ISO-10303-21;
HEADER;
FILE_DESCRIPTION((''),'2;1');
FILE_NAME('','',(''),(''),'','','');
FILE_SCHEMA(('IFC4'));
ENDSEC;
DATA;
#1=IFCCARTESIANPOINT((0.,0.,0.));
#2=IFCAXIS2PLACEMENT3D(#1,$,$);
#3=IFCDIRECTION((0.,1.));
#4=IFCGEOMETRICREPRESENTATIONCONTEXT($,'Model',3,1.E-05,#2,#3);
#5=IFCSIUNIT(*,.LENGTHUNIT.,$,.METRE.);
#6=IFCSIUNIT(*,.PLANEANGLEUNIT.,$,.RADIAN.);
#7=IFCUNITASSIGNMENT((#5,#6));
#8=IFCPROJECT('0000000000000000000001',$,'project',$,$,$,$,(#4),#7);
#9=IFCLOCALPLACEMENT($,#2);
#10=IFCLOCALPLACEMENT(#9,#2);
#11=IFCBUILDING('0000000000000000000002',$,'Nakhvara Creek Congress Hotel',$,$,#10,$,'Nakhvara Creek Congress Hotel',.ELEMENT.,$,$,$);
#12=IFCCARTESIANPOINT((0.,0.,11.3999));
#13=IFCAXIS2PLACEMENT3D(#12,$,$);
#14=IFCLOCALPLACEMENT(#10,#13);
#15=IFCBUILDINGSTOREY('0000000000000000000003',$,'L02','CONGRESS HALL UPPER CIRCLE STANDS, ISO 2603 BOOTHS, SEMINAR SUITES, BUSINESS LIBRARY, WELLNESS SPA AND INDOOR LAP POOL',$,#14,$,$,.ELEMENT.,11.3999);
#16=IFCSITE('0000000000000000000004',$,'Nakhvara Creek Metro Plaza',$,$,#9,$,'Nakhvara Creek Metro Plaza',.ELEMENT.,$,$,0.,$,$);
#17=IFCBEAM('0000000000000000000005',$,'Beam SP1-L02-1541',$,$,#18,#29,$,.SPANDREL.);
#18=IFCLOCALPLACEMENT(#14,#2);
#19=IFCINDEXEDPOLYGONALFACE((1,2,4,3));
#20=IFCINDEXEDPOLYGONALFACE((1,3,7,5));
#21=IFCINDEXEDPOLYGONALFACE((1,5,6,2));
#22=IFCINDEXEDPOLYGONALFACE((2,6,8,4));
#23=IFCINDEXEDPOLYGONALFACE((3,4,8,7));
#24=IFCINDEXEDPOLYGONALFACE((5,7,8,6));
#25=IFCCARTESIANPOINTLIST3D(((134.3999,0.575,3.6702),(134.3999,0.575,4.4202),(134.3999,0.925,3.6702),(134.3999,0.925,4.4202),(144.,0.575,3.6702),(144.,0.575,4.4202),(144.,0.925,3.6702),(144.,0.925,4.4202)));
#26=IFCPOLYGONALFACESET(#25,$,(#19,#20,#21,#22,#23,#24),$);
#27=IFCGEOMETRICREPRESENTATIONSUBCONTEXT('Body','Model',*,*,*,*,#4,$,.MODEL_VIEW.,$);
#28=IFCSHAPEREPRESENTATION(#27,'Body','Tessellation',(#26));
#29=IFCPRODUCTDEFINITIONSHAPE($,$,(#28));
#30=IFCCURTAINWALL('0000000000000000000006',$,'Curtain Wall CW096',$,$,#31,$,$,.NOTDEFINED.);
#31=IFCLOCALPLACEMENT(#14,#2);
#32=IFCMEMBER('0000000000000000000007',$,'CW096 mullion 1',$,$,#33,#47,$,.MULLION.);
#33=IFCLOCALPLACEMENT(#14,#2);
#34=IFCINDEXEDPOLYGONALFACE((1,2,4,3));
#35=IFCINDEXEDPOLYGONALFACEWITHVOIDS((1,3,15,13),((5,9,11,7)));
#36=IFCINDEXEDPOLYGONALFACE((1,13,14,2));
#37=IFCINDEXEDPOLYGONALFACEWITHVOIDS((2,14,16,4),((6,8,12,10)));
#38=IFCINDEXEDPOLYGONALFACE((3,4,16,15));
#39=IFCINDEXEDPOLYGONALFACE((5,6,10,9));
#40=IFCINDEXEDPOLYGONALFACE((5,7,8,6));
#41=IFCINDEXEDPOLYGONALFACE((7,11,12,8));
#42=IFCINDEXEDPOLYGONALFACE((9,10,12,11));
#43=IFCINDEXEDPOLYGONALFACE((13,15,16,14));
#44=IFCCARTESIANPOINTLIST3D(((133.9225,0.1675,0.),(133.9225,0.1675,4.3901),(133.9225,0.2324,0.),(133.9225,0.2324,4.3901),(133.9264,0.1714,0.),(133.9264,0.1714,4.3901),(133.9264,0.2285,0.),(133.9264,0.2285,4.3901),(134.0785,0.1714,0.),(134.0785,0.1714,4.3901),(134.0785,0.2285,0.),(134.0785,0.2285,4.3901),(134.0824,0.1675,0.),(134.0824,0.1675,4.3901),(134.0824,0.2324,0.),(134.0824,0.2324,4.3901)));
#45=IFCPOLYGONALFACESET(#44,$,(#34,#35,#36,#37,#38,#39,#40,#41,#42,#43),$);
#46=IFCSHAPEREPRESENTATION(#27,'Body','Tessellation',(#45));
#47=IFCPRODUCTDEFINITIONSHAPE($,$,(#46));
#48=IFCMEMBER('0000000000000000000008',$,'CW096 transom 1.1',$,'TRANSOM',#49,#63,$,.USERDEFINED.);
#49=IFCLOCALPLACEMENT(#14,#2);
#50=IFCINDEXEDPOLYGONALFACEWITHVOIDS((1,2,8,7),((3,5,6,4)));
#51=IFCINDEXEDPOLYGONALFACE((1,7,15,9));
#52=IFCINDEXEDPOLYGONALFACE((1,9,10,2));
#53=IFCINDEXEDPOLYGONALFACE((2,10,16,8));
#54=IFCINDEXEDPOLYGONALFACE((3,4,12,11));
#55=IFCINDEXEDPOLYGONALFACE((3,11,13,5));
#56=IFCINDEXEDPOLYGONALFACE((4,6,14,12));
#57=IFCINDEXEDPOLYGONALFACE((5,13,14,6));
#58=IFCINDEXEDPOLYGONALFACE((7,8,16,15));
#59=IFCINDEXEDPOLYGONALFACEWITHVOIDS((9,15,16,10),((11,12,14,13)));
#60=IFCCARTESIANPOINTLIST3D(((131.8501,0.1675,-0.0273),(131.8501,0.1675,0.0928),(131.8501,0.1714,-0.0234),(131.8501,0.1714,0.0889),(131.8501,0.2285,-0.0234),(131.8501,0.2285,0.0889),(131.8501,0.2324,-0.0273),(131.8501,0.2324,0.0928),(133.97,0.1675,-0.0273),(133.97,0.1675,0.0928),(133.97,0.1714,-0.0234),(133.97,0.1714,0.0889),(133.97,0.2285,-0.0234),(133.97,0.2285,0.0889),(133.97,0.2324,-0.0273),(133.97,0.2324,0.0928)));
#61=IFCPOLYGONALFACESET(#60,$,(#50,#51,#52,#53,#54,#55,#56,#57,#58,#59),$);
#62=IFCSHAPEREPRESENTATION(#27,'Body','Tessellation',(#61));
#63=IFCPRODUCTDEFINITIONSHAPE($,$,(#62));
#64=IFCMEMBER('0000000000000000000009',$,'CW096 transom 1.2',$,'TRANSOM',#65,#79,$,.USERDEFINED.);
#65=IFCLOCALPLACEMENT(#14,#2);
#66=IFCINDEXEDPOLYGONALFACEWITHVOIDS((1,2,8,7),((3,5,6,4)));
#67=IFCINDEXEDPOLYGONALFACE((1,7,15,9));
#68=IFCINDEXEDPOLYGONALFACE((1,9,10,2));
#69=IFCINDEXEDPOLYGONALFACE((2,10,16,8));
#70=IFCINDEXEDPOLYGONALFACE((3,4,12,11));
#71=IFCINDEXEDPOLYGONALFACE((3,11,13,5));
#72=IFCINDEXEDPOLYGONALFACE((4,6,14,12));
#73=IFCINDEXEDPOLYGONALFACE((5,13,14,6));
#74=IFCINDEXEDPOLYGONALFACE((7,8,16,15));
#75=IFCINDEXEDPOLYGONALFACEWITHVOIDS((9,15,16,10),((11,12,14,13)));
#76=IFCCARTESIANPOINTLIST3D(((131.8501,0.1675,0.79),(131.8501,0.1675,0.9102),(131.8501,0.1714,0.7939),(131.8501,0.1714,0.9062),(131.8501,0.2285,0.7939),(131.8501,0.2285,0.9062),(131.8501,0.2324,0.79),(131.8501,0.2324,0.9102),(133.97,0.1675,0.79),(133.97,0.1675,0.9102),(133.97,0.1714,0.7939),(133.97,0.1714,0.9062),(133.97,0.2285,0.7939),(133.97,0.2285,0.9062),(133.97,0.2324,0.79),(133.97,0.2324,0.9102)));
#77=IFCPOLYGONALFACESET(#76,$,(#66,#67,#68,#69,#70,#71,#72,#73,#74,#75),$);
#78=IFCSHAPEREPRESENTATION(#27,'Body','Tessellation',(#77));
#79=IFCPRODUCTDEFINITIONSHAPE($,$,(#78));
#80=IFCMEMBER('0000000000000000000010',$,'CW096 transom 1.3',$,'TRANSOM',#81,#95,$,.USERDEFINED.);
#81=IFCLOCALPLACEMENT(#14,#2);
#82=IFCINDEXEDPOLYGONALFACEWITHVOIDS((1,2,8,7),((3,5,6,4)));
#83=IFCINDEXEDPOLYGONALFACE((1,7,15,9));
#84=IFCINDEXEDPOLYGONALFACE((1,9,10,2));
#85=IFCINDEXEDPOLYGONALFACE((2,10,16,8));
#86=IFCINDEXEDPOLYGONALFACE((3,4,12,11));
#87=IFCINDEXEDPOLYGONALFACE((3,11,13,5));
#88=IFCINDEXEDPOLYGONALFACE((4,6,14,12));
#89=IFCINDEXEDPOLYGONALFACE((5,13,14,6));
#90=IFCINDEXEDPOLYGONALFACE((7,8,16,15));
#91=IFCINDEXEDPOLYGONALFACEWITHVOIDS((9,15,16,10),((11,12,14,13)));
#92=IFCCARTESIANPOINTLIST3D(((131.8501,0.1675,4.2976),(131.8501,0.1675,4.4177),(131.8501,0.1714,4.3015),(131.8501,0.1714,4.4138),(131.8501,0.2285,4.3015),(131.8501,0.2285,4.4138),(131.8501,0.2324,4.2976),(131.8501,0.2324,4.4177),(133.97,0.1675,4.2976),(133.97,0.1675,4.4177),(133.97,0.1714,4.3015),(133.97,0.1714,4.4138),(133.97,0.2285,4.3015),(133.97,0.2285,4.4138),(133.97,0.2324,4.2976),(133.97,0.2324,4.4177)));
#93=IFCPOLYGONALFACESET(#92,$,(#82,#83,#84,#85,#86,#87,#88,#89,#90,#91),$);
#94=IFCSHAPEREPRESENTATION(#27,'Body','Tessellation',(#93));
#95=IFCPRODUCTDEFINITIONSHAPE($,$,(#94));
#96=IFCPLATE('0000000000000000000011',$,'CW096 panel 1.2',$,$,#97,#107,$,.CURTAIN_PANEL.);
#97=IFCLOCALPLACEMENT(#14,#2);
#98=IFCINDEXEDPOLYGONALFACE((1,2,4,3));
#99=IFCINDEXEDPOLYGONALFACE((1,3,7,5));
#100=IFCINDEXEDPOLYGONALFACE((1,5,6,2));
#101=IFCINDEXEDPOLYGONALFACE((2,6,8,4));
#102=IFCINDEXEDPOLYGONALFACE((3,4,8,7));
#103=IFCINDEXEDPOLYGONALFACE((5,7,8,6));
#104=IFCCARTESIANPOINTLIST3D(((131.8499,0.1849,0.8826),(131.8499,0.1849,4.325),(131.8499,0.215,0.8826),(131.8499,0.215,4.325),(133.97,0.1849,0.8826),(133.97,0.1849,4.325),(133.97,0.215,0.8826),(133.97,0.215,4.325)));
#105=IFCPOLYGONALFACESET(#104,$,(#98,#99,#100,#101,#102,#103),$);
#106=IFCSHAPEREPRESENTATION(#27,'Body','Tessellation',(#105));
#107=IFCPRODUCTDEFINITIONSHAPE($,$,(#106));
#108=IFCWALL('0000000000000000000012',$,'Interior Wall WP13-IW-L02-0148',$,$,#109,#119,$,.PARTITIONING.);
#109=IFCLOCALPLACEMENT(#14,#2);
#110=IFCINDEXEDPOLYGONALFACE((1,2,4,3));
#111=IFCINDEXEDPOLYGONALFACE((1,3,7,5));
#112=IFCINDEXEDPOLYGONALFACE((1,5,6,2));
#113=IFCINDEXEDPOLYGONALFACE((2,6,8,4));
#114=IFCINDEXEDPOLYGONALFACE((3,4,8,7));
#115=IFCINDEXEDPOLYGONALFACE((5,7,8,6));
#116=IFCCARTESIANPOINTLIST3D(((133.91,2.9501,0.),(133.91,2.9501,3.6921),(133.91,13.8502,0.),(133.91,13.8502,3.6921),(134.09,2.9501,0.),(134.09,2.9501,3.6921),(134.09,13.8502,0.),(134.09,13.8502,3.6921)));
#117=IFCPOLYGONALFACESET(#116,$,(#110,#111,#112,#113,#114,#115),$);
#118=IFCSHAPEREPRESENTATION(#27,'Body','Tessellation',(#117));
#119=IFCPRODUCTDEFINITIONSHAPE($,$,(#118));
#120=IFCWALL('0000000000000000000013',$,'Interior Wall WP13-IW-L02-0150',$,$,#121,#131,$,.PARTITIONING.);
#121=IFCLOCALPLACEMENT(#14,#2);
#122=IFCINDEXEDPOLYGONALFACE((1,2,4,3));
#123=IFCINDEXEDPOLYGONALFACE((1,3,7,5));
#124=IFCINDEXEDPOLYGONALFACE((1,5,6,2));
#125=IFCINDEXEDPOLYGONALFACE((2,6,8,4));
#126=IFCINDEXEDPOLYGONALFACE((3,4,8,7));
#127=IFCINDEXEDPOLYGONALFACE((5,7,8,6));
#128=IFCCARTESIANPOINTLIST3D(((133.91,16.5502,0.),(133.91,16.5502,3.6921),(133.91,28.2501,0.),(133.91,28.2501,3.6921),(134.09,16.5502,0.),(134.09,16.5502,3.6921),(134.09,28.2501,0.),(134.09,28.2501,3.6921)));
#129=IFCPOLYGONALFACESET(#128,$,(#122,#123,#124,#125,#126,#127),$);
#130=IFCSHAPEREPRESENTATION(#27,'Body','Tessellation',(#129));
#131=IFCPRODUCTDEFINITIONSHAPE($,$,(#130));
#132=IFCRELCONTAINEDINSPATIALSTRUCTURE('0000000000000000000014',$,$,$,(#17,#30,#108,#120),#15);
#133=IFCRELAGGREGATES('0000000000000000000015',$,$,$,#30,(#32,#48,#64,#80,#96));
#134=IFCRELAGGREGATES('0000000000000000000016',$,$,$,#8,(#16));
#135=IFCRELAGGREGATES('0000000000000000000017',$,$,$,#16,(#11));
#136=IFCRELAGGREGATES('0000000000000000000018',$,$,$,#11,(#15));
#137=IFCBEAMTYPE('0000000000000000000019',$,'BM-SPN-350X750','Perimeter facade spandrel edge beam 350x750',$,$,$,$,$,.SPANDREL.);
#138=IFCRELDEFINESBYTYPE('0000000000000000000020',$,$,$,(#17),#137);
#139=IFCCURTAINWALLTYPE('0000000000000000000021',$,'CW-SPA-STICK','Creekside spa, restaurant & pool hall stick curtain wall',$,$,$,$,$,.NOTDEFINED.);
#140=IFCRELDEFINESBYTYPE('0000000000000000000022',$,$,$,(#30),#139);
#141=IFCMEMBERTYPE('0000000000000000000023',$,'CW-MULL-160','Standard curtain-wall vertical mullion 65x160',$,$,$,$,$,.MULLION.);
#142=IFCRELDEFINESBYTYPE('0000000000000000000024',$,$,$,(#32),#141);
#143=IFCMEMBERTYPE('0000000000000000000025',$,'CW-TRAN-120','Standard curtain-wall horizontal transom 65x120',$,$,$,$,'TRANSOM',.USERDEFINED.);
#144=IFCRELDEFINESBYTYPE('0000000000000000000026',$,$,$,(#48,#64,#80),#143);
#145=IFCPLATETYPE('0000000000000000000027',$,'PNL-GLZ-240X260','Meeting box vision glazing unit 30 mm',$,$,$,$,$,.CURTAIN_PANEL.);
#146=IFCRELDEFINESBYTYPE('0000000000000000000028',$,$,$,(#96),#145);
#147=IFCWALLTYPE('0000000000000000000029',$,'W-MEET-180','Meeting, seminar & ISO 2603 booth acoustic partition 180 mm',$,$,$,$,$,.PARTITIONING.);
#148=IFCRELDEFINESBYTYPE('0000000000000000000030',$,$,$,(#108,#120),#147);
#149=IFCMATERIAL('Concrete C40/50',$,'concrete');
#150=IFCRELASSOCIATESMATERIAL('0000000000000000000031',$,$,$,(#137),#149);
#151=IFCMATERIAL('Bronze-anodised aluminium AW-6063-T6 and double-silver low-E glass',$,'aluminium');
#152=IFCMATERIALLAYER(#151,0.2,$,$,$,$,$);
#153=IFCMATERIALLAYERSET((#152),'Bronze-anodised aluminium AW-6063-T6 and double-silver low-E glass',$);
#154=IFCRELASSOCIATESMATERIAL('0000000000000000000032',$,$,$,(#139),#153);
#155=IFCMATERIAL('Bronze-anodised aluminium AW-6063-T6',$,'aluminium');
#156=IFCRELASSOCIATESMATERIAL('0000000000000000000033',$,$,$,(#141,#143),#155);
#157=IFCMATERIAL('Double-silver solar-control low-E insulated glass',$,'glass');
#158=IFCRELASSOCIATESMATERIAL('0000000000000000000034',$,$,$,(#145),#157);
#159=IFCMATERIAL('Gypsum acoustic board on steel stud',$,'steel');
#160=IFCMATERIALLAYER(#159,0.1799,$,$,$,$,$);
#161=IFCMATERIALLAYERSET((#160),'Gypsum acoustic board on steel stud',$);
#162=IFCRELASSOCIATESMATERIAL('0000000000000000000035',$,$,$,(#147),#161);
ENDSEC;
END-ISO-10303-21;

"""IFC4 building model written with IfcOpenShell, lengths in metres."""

from ifc_helpers import new_model, si_unit, direction, frame, frame_2d, origin, origin_2d, place, context, subcontext, project, spatial, rectangle, hollow_rectangle, extrude, material, layer, layer_set, material_profile, profile_set, type_object, element, aggregate, save


model = new_model("IFC4")

# Units and contexts
model_context = context("Model", 3, precision=1e-05, world=origin(), true_north=direction((0.0, 1.0)))
body_context = subcontext(model_context, "Body", "Model", "MODEL_VIEW")
ifc_project = project(units=[si_unit("LENGTHUNIT", "METRE"), si_unit("PLANEANGLEUNIT", "RADIAN")], contexts=[model_context])

# Site, building, storey
site_placement = place(None, origin())
site = spatial("IfcSite", under=ifc_project, at=site_placement, Name="Nakhvara Creek Metro Plaza", LongName="Nakhvara Creek Metro Plaza", CompositionType="ELEMENT", RefElevation=0.0)
building_placement = place(site_placement, origin())
building = spatial("IfcBuilding", under=site, at=building_placement, Name="Nakhvara Creek Congress Hotel", LongName="Nakhvara Creek Congress Hotel", CompositionType="ELEMENT")
storey_placement = place(building_placement, frame((0.0, 0.0, 11.3999)))
storey = spatial("IfcBuildingStorey", under=building, at=storey_placement, Name="L02", Description="CONGRESS HALL UPPER CIRCLE STANDS, ISO 2603 BOOTHS, SEMINAR SUITES, BUSINESS LIBRARY, WELLNESS SPA AND INDOOR LAP POOL", CompositionType="ELEMENT", Elevation=11.3999)

# Beam
ifc_material_1 = material(Name="Concrete C40/50", Category="concrete")
ifc_material_profile_1 = material_profile(ifc_material_1, rectangle(XDim=0.3501, YDim=0.75, at=origin_2d()), Name="RC-SPANDREL 350x750", Category="LoadBearing")
ifc_profile_set_1 = profile_set([ifc_material_profile_1], Name="Concrete C40/50")
beam_type_1 = type_object("IfcBeamType", Name="BM-SPN-350X750", Description="Perimeter facade spandrel edge beam 350x750", PredefinedType="SPANDREL", material=ifc_profile_set_1)
beam_1_placement = place(storey_placement, frame((134.3999, 0.75, 4.0452), z_axis=(1.0, 0.0, 0.0), x_axis=(0.0, 1.0, 0.0)))
element("IfcBeam", 1, at=beam_1_placement, inside=storey, type_object=beam_type_1, Name="Beam SP1-L02-1541", PredefinedType="SPANDREL", context=body_context, shape_type="SweptSolid", body=[
    extrude(rectangle(XDim=0.3501, YDim=0.75, at=origin_2d()), origin(), (0.0, 0.0, 1.0), 9.6001),
])

# Curtain wall, members, plate
ifc_material_2 = material(Name="Bronze-anodised aluminium AW-6063-T6 and double-silver low-E glass", Category="aluminium")
ifc_layer_1 = layer(ifc_material_2, 0.2)
ifc_layer_set_1 = layer_set([ifc_layer_1], Name="Bronze-anodised aluminium AW-6063-T6 and double-silver low-E glass")
curtain_wall_type = type_object("IfcCurtainWallType", Name="CW-SPA-STICK", Description="Creekside spa, restaurant & pool hall stick curtain wall", PredefinedType="NOTDEFINED", material=ifc_layer_set_1)
curtain_wall_placement = place(storey_placement, origin())
curtain_wall = element("IfcCurtainWall", 2, at=curtain_wall_placement, inside=storey, type_object=curtain_wall_type, Name="Curtain Wall CW096", PredefinedType="NOTDEFINED")
ifc_material_3 = material(Name="Bronze-anodised aluminium AW-6063-T6", Category="aluminium")
ifc_material_profile_2 = material_profile(ifc_material_3, hollow_rectangle(XDim=0.0649, YDim=0.1599, WallThickness=0.0039, at=origin_2d()), Name="ALU-MULL 65x160x4", Category="LoadBearing")
ifc_profile_set_2 = profile_set([ifc_material_profile_2], Name="Bronze-anodised aluminium AW-6063-T6")
member_type_1 = type_object("IfcMemberType", Name="CW-MULL-160", Description="Standard curtain-wall vertical mullion 65x160", PredefinedType="MULLION", material=ifc_profile_set_2)
member_1_placement = place(storey_placement, frame((134.0024, 0.2, 0.0), z_axis=(0.0, 0.0, 1.0), x_axis=(0.0, -1.0, 0.0)))
member_1 = element("IfcMember", 3, at=member_1_placement, type_object=member_type_1, Name="CW096 mullion 1", PredefinedType="MULLION", context=body_context, shape_type="SweptSolid", body=[
    extrude(hollow_rectangle(XDim=0.0649, YDim=0.1599, WallThickness=0.0039, at=origin_2d()), origin(), (0.0, 0.0, 1.0), 4.3901),
])
ifc_material_profile_3 = material_profile(ifc_material_3, hollow_rectangle(XDim=0.0649, YDim=0.1201, WallThickness=0.0039, at=origin_2d()), Name="ALU-TRAN 65x120x4", Category="LoadBearing")
ifc_profile_set_3 = profile_set([ifc_material_profile_3], Name="Bronze-anodised aluminium AW-6063-T6")
member_type_2 = type_object("IfcMemberType", Name="CW-TRAN-120", Description="Standard curtain-wall horizontal transom 65x120", ElementType="TRANSOM", PredefinedType="USERDEFINED", material=ifc_profile_set_3)
member_2_placement = place(storey_placement, frame((133.97, 0.2, 0.0327), z_axis=(-1.0, 0.0, 0.0), x_axis=(0.0, -1.0, 0.0)))
member_2 = element("IfcMember", 4, at=member_2_placement, type_object=member_type_2, Name="CW096 transom 1.1", ObjectType="TRANSOM", PredefinedType="USERDEFINED", context=body_context, shape_type="SweptSolid", body=[
    extrude(hollow_rectangle(XDim=0.0649, YDim=0.1201, WallThickness=0.0039, at=origin_2d()), origin(), (0.0, 0.0, 1.0), 2.1199),
])
member_3_placement = place(storey_placement, frame((133.97, 0.2, 0.8501), z_axis=(-1.0, 0.0, 0.0), x_axis=(0.0, -1.0, 0.0)))
member_3 = element("IfcMember", 5, at=member_3_placement, type_object=member_type_2, Name="CW096 transom 1.2", ObjectType="TRANSOM", PredefinedType="USERDEFINED", context=body_context, shape_type="SweptSolid", body=[
    extrude(hollow_rectangle(XDim=0.0649, YDim=0.1201, WallThickness=0.0039, at=origin_2d()), origin(), (0.0, 0.0, 1.0), 2.1199),
])
member_4_placement = place(storey_placement, frame((133.97, 0.2, 4.3577), z_axis=(-1.0, 0.0, 0.0), x_axis=(0.0, -1.0, 0.0)))
member_4 = element("IfcMember", 6, at=member_4_placement, type_object=member_type_2, Name="CW096 transom 1.3", ObjectType="TRANSOM", PredefinedType="USERDEFINED", context=body_context, shape_type="SweptSolid", body=[
    extrude(hollow_rectangle(XDim=0.0649, YDim=0.1201, WallThickness=0.0039, at=origin_2d()), origin(), (0.0, 0.0, 1.0), 2.1199),
])
ifc_material_4 = material(Name="Double-silver solar-control low-E insulated glass", Category="glass")
plate_type = type_object("IfcPlateType", Name="PNL-GLZ-240X260", Description="Meeting box vision glazing unit 30 mm", PredefinedType="CURTAIN_PANEL", material=ifc_material_4)
plate_placement = place(storey_placement, frame((132.9099, 0.2, 0.8826), z_axis=(0.0, 0.0, 1.0), x_axis=(-1.0, 0.0, 0.0)))
plate = element("IfcPlate", 7, at=plate_placement, type_object=plate_type, Name="CW096 panel 1.2", PredefinedType="CURTAIN_PANEL", context=body_context, shape_type="SweptSolid", body=[
    extrude(rectangle(XDim=2.1201, YDim=0.03, at=origin_2d()), origin(), (0.0, 0.0, 1.0), 3.4424),
])
aggregate(curtain_wall, [member_1, member_2, member_3, member_4, plate])

# Walls
ifc_material_5 = material(Name="Gypsum acoustic board on steel stud", Category="steel")
ifc_layer_2 = layer(ifc_material_5, 0.1799)
ifc_layer_set_2 = layer_set([ifc_layer_2], Name="Gypsum acoustic board on steel stud")
wall_type = type_object("IfcWallType", Name="W-MEET-180", Description="Meeting, seminar & ISO 2603 booth acoustic partition 180 mm", PredefinedType="PARTITIONING", material=ifc_layer_set_2)
wall_1_placement = place(storey_placement, frame((134.0, 2.95, 0.0), z_axis=(0.0, 0.0, 1.0), x_axis=(0.0, 1.0, 0.0)))
element("IfcWall", 8, at=wall_1_placement, inside=storey, type_object=wall_type, Name="Interior Wall WP13-IW-L02-0148", PredefinedType="PARTITIONING", context=body_context, shape_type="SweptSolid", body=[
    extrude(rectangle(XDim=10.9001, YDim=0.1799, at=frame_2d((5.4502, 0.0))), origin(), (0.0, 0.0, 1.0), 3.6921),
])
wall_2_placement = place(storey_placement, frame((134.0, 16.55, 0.0), z_axis=(0.0, 0.0, 1.0), x_axis=(0.0, 1.0, 0.0)))
element("IfcWall", 9, at=wall_2_placement, inside=storey, type_object=wall_type, Name="Interior Wall WP13-IW-L02-0150", PredefinedType="PARTITIONING", context=body_context, shape_type="SweptSolid", body=[
    extrude(rectangle(XDim=11.7, YDim=0.1799, at=frame_2d((5.8501, 0.0))), origin(), (0.0, 0.0, 1.0), 3.6921),
])

save(model, "model.ifc")
